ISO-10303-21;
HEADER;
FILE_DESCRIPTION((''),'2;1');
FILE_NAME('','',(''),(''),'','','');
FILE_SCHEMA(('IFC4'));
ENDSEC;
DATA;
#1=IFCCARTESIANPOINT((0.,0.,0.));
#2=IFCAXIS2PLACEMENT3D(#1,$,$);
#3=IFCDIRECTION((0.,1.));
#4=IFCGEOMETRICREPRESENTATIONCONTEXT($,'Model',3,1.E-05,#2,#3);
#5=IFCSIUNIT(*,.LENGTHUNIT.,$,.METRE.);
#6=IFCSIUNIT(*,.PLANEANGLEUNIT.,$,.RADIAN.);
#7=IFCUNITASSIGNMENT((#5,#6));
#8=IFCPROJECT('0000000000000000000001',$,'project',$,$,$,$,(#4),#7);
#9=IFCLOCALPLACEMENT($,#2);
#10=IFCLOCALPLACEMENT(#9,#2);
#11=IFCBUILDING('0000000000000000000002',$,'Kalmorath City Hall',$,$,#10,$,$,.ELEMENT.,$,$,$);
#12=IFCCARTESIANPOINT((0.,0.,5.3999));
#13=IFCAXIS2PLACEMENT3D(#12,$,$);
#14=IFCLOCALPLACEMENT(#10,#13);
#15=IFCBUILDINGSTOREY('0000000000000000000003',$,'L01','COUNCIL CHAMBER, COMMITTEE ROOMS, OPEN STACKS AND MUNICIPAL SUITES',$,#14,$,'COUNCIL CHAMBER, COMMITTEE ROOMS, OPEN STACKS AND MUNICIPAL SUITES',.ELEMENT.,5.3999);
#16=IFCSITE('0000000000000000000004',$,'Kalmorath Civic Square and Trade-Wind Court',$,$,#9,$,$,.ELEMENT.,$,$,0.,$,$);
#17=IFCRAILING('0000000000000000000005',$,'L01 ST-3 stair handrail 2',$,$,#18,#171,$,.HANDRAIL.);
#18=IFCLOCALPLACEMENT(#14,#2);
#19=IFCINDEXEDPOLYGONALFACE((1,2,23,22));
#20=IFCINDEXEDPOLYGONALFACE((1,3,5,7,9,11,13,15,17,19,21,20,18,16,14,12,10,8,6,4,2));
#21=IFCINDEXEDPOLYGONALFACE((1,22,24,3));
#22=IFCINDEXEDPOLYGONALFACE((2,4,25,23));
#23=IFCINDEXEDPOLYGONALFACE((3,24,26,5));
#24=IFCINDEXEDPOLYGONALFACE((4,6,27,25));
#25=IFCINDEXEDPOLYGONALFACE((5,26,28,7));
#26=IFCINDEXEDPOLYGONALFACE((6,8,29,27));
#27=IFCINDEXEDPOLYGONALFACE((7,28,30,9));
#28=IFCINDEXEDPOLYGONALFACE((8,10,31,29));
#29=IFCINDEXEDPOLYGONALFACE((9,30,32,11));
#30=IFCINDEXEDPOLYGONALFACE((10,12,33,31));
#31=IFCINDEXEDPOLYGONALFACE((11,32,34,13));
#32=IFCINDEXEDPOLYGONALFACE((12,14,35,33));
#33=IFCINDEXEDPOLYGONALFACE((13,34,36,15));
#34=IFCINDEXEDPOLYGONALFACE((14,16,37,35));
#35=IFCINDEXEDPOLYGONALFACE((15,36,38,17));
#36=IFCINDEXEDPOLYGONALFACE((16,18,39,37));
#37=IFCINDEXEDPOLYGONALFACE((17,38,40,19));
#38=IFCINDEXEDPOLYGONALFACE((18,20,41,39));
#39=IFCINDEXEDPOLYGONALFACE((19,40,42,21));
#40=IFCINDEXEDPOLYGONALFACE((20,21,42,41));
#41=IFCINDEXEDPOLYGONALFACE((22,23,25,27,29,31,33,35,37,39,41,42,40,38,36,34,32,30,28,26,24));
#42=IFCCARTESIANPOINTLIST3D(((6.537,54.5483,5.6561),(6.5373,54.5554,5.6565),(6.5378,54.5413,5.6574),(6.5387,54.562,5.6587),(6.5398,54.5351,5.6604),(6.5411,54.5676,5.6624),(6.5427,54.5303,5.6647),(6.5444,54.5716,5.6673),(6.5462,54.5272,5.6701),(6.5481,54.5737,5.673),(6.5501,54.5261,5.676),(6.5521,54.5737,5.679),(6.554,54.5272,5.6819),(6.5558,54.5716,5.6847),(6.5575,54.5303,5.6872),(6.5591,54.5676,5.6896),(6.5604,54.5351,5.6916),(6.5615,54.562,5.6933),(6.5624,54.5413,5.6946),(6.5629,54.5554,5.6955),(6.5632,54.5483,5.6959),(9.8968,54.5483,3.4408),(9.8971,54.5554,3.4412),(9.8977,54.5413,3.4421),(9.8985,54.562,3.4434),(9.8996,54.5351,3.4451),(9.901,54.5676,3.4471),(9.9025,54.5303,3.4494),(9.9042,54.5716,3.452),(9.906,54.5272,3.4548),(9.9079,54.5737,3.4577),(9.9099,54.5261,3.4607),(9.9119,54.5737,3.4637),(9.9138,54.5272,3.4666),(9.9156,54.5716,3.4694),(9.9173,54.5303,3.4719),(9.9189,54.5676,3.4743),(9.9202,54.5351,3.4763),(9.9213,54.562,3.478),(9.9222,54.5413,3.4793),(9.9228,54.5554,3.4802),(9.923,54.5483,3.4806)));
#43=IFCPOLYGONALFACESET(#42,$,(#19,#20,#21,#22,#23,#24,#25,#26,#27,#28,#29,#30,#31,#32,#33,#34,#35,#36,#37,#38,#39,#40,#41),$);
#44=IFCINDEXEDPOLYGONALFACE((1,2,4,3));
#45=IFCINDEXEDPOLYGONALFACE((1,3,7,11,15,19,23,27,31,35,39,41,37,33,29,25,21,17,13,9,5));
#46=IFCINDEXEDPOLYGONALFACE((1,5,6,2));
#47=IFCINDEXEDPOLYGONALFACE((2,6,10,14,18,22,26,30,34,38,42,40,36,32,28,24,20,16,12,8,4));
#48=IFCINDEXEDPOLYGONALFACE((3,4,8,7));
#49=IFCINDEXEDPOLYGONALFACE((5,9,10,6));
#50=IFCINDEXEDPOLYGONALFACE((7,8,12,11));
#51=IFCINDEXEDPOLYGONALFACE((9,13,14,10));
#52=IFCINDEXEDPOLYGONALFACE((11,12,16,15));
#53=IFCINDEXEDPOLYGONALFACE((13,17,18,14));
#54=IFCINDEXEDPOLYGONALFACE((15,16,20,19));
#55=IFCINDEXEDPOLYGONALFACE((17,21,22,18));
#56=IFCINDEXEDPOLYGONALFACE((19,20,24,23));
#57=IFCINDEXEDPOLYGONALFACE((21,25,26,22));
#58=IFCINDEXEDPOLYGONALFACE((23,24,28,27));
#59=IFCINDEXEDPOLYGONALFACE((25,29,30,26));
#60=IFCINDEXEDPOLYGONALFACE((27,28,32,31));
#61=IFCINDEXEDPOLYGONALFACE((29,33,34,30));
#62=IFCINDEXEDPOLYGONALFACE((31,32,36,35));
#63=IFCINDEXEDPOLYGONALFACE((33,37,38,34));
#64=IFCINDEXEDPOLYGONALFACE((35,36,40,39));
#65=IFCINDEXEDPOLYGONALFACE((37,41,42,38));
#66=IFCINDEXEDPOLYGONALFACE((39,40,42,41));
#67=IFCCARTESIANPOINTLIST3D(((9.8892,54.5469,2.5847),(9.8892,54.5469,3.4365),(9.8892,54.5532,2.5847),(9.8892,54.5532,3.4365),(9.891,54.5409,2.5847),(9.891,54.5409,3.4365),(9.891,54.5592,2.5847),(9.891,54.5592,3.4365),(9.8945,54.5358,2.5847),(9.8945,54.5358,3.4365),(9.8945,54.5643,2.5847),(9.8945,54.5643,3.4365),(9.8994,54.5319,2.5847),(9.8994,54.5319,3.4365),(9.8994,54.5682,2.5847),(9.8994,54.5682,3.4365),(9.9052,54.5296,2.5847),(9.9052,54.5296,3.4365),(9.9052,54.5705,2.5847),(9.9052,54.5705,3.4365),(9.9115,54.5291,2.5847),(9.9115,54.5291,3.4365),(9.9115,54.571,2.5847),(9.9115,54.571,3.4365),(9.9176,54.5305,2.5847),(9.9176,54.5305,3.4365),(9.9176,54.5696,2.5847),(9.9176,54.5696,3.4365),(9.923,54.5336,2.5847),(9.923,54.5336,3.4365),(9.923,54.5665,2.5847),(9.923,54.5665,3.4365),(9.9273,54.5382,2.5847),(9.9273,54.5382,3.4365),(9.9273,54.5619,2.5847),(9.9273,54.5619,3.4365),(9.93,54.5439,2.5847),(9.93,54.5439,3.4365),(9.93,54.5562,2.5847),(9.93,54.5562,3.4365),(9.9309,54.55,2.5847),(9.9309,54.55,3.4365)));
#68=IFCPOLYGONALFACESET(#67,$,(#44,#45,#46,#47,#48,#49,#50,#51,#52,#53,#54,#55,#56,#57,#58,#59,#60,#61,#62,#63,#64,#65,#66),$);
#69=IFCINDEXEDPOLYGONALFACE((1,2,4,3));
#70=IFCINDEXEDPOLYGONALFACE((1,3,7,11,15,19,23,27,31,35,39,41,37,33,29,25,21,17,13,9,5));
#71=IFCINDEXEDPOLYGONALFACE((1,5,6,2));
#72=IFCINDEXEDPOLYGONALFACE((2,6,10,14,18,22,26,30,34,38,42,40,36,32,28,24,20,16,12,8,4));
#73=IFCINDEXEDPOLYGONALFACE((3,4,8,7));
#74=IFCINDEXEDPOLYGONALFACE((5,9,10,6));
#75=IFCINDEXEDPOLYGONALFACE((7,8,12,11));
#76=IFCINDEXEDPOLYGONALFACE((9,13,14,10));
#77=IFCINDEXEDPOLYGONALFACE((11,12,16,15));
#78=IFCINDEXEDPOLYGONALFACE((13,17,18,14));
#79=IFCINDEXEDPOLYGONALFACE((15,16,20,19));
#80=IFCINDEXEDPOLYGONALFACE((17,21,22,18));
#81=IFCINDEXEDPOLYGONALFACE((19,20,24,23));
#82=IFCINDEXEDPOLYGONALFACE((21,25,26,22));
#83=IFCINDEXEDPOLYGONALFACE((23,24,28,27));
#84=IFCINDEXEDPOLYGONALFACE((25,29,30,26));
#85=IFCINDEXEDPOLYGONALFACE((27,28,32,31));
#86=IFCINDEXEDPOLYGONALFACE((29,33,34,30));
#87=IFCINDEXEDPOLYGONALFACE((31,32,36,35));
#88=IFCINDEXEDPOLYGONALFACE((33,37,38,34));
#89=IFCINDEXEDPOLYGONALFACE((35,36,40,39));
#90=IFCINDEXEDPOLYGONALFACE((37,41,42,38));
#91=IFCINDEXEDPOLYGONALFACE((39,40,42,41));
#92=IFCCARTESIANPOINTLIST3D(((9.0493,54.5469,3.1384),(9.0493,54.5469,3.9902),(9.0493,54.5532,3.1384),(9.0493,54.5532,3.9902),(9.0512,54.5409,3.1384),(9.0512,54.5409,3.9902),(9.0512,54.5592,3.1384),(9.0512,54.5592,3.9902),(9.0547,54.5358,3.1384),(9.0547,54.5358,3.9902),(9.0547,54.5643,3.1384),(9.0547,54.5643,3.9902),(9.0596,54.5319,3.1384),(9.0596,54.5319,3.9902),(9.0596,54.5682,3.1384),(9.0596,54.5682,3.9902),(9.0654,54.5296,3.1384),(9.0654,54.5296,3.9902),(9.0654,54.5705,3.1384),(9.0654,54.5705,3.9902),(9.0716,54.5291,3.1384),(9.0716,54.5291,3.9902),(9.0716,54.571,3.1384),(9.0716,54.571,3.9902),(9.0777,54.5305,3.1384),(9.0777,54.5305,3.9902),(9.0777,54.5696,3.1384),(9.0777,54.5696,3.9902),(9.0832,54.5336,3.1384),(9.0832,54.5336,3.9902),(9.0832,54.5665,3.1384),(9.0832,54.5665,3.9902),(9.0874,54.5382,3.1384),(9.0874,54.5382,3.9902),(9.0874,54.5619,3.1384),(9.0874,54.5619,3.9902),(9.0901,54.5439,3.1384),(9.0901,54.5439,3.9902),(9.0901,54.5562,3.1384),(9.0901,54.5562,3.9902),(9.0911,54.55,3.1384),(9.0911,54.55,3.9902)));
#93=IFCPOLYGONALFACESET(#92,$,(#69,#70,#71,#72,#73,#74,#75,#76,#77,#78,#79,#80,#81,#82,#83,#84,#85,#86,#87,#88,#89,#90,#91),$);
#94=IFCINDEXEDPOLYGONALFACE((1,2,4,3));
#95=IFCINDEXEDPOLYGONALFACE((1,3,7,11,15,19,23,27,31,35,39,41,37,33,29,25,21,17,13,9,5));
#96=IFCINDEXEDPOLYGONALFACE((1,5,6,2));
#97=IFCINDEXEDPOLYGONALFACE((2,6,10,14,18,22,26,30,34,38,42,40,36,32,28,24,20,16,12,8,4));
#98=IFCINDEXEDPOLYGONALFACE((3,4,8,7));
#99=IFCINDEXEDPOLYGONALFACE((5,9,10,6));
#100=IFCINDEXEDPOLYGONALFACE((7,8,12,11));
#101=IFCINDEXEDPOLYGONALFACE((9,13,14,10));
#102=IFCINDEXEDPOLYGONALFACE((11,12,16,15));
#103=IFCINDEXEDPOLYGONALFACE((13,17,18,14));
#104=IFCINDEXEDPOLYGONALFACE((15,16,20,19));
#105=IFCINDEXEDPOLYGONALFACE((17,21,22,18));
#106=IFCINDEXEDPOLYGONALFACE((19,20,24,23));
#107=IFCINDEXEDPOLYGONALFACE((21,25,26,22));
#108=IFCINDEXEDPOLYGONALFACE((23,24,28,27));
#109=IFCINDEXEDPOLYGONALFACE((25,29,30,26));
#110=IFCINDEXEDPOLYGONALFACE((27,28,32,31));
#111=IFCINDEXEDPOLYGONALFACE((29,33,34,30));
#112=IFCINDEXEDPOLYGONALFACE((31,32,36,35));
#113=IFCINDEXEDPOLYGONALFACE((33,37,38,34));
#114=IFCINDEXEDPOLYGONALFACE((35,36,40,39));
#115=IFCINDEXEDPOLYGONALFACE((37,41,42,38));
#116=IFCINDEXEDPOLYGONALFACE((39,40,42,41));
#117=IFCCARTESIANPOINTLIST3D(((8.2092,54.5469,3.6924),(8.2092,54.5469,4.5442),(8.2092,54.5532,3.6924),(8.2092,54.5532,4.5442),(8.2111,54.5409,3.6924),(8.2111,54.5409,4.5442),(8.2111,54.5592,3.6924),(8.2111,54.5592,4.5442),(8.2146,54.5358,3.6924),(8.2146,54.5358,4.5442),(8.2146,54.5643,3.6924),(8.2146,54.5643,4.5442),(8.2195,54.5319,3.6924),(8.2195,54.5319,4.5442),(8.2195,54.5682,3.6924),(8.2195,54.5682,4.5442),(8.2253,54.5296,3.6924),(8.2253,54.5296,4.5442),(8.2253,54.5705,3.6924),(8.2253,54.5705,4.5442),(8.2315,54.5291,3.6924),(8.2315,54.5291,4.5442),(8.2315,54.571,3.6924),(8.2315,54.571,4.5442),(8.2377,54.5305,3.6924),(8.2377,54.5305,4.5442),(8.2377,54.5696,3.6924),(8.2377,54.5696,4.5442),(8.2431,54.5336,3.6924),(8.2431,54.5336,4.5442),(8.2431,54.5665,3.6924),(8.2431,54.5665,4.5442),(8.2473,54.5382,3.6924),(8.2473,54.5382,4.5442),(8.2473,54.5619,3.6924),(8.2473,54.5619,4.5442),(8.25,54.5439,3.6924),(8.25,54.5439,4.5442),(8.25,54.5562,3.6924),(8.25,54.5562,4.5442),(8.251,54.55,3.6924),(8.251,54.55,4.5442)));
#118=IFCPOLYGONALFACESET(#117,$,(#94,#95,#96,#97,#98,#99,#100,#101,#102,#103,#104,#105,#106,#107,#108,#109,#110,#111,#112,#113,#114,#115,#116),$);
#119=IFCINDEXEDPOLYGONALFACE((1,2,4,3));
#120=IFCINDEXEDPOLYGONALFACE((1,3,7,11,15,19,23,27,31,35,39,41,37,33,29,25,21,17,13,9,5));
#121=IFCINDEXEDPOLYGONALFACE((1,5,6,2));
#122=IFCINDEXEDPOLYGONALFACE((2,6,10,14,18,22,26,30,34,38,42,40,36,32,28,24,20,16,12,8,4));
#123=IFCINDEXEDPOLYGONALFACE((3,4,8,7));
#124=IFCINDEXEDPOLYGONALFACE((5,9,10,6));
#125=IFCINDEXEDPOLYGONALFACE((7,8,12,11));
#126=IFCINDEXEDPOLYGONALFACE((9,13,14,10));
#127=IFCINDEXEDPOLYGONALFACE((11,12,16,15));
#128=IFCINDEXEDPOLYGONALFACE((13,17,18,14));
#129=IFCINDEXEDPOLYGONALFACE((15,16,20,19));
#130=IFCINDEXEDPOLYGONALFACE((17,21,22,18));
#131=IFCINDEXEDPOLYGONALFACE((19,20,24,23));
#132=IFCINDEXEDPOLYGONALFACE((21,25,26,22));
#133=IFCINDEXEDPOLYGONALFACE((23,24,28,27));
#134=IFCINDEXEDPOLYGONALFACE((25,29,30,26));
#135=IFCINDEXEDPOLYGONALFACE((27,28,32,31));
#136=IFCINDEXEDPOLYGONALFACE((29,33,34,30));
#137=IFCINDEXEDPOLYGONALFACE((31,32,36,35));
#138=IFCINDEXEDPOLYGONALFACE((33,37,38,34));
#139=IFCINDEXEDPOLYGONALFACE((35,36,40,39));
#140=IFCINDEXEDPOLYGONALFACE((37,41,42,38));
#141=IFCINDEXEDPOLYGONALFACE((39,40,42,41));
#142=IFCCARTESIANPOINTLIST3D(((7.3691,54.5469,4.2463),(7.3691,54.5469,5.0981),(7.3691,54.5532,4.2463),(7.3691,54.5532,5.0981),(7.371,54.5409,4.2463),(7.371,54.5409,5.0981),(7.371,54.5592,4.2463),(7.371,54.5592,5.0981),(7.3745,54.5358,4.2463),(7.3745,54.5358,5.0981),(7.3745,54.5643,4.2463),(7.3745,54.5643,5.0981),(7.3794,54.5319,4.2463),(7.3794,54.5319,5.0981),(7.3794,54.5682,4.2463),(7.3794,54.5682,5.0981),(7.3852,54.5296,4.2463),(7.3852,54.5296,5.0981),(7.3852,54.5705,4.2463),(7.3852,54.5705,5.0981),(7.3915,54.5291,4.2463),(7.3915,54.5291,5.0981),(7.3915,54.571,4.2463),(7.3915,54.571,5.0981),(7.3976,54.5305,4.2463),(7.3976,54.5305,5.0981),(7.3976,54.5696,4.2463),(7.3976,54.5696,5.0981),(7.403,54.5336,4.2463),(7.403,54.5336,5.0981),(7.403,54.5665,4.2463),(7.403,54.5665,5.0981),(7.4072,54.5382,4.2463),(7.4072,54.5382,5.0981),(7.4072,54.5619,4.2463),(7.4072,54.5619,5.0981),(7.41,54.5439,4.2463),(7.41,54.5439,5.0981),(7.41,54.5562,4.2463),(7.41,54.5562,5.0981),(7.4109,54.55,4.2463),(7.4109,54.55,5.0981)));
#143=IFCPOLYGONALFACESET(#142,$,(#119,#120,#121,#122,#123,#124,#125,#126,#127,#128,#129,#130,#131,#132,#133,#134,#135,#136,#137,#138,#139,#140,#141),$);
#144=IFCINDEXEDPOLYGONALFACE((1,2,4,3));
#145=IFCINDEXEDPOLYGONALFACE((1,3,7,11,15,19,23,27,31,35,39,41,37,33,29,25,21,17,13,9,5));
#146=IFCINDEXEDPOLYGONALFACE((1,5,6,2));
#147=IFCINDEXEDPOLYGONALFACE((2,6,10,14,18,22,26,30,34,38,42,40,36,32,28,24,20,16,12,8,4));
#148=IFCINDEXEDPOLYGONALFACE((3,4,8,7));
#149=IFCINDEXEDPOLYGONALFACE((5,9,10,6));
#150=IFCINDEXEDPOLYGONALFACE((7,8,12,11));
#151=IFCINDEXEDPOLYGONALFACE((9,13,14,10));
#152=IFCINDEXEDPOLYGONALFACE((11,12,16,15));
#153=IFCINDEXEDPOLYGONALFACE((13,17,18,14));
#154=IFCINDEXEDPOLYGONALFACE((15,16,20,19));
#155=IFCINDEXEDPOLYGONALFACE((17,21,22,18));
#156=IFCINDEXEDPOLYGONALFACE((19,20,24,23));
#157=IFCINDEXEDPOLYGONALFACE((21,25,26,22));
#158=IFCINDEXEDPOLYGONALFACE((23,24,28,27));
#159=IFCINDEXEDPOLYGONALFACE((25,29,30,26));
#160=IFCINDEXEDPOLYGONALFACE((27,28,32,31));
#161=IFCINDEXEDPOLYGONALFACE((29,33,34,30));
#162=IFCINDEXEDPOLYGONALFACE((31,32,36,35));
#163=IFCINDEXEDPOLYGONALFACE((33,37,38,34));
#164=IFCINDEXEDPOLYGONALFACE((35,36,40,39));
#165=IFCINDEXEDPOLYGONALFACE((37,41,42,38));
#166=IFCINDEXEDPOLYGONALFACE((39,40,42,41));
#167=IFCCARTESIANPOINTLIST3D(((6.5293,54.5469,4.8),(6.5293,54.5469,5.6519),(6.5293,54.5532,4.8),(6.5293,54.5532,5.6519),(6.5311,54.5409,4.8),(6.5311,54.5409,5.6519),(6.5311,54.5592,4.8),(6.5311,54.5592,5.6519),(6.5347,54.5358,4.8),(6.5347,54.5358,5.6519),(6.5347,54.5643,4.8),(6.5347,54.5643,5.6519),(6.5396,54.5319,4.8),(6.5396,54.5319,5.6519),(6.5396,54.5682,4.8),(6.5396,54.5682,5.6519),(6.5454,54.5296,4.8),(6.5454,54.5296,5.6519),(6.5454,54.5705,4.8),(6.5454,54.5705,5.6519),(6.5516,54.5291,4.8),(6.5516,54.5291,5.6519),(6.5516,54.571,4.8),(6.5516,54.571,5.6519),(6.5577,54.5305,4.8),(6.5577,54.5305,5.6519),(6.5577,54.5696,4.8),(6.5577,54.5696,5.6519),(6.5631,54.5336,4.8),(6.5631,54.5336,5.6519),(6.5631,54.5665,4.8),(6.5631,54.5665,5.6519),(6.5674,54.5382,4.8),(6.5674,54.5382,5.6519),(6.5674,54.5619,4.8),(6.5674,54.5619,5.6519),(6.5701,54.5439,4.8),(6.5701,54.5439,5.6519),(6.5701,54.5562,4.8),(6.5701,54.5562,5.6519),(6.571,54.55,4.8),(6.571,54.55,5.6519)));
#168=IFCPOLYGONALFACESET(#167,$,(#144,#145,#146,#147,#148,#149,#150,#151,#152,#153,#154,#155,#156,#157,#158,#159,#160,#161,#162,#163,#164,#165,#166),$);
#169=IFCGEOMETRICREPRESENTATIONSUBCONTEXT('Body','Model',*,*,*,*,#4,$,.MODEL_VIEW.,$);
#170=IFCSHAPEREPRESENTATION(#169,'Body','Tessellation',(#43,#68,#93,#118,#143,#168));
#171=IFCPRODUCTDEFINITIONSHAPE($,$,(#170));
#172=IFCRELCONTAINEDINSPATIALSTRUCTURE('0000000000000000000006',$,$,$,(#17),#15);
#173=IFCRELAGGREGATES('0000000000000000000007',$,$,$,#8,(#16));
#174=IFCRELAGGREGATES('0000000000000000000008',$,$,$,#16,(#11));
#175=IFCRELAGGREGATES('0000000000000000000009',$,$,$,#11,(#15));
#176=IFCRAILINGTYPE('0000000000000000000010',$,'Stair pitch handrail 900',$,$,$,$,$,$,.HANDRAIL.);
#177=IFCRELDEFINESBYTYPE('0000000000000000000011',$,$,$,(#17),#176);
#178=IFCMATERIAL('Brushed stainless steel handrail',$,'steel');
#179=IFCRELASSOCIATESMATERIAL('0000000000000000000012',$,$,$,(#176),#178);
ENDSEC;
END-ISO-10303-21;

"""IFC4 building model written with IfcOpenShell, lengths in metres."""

from ifc_helpers import new_model, si_unit, direction, frame, origin, origin_2d, place, context, subcontext, project, spatial, circle, extrude, material, type_object, element, save


model = new_model("IFC4")

# Units and contexts
model_context = context("Model", 3, precision=1e-05, world=origin(), true_north=direction((0.0, 1.0)))
body_context = subcontext(model_context, "Body", "Model", "MODEL_VIEW")
ifc_project = project(units=[si_unit("LENGTHUNIT", "METRE"), si_unit("PLANEANGLEUNIT", "RADIAN")], contexts=[model_context])

# Site, building, storey
site_placement = place(None, origin())
site = spatial("IfcSite", under=ifc_project, at=site_placement, Name="Kalmorath Civic Square and Trade-Wind Court", CompositionType="ELEMENT", RefElevation=0.0)
building_placement = place(site_placement, origin())
building = spatial("IfcBuilding", under=site, at=building_placement, Name="Kalmorath City Hall", CompositionType="ELEMENT")
storey_placement = place(building_placement, frame((0.0, 0.0, 5.3999)))
storey = spatial("IfcBuildingStorey", under=building, at=storey_placement, Name="L01", Description="COUNCIL CHAMBER, COMMITTEE ROOMS, OPEN STACKS AND MUNICIPAL SUITES", LongName="COUNCIL CHAMBER, COMMITTEE ROOMS, OPEN STACKS AND MUNICIPAL SUITES", CompositionType="ELEMENT", Elevation=5.3999)

# Railing
ifc_material_1 = material(Name="Brushed stainless steel handrail", Category="steel")
railing_type_1 = type_object("IfcRailingType", Name="Stair pitch handrail 900", PredefinedType="HANDRAIL", material=ifc_material_1)
railing_1_placement = place(storey_placement, frame((9.9099, 54.55, 2.5847)))
element("IfcRailing", 1, at=railing_1_placement, inside=storey, type_object=railing_type_1, Name="L01 ST-3 stair handrail 2", PredefinedType="HANDRAIL", context=body_context, shape_type="SweptSolid", body=[
    extrude(circle(Radius=0.0239, at=origin_2d()), frame((0.0, 0.0, 0.876), z_axis=(-0.834858, 0.0, 0.550465), x_axis=(0.0, -1.0, 0.0)), (0.0, 0.0, 1.0), 4.0244),
    extrude(circle(Radius=0.021, at=origin_2d()), origin(), (0.0, 0.0, 1.0), 0.8518),
    extrude(circle(Radius=0.021, at=origin_2d()), frame((-0.8398, 0.0, 0.5537)), (0.0, 0.0, 1.0), 0.8518),
    extrude(circle(Radius=0.021, at=origin_2d()), frame((-1.6799, 0.0, 1.1077)), (0.0, 0.0, 1.0), 0.8518),
    extrude(circle(Radius=0.021, at=origin_2d()), frame((-2.52, 0.0, 1.6616)), (0.0, 0.0, 1.0), 0.8518),
    extrude(circle(Radius=0.021, at=origin_2d()), frame((-3.3599, 0.0, 2.2153)), (0.0, 0.0, 1.0), 0.8518),
])

save(model, "model.ifc")
